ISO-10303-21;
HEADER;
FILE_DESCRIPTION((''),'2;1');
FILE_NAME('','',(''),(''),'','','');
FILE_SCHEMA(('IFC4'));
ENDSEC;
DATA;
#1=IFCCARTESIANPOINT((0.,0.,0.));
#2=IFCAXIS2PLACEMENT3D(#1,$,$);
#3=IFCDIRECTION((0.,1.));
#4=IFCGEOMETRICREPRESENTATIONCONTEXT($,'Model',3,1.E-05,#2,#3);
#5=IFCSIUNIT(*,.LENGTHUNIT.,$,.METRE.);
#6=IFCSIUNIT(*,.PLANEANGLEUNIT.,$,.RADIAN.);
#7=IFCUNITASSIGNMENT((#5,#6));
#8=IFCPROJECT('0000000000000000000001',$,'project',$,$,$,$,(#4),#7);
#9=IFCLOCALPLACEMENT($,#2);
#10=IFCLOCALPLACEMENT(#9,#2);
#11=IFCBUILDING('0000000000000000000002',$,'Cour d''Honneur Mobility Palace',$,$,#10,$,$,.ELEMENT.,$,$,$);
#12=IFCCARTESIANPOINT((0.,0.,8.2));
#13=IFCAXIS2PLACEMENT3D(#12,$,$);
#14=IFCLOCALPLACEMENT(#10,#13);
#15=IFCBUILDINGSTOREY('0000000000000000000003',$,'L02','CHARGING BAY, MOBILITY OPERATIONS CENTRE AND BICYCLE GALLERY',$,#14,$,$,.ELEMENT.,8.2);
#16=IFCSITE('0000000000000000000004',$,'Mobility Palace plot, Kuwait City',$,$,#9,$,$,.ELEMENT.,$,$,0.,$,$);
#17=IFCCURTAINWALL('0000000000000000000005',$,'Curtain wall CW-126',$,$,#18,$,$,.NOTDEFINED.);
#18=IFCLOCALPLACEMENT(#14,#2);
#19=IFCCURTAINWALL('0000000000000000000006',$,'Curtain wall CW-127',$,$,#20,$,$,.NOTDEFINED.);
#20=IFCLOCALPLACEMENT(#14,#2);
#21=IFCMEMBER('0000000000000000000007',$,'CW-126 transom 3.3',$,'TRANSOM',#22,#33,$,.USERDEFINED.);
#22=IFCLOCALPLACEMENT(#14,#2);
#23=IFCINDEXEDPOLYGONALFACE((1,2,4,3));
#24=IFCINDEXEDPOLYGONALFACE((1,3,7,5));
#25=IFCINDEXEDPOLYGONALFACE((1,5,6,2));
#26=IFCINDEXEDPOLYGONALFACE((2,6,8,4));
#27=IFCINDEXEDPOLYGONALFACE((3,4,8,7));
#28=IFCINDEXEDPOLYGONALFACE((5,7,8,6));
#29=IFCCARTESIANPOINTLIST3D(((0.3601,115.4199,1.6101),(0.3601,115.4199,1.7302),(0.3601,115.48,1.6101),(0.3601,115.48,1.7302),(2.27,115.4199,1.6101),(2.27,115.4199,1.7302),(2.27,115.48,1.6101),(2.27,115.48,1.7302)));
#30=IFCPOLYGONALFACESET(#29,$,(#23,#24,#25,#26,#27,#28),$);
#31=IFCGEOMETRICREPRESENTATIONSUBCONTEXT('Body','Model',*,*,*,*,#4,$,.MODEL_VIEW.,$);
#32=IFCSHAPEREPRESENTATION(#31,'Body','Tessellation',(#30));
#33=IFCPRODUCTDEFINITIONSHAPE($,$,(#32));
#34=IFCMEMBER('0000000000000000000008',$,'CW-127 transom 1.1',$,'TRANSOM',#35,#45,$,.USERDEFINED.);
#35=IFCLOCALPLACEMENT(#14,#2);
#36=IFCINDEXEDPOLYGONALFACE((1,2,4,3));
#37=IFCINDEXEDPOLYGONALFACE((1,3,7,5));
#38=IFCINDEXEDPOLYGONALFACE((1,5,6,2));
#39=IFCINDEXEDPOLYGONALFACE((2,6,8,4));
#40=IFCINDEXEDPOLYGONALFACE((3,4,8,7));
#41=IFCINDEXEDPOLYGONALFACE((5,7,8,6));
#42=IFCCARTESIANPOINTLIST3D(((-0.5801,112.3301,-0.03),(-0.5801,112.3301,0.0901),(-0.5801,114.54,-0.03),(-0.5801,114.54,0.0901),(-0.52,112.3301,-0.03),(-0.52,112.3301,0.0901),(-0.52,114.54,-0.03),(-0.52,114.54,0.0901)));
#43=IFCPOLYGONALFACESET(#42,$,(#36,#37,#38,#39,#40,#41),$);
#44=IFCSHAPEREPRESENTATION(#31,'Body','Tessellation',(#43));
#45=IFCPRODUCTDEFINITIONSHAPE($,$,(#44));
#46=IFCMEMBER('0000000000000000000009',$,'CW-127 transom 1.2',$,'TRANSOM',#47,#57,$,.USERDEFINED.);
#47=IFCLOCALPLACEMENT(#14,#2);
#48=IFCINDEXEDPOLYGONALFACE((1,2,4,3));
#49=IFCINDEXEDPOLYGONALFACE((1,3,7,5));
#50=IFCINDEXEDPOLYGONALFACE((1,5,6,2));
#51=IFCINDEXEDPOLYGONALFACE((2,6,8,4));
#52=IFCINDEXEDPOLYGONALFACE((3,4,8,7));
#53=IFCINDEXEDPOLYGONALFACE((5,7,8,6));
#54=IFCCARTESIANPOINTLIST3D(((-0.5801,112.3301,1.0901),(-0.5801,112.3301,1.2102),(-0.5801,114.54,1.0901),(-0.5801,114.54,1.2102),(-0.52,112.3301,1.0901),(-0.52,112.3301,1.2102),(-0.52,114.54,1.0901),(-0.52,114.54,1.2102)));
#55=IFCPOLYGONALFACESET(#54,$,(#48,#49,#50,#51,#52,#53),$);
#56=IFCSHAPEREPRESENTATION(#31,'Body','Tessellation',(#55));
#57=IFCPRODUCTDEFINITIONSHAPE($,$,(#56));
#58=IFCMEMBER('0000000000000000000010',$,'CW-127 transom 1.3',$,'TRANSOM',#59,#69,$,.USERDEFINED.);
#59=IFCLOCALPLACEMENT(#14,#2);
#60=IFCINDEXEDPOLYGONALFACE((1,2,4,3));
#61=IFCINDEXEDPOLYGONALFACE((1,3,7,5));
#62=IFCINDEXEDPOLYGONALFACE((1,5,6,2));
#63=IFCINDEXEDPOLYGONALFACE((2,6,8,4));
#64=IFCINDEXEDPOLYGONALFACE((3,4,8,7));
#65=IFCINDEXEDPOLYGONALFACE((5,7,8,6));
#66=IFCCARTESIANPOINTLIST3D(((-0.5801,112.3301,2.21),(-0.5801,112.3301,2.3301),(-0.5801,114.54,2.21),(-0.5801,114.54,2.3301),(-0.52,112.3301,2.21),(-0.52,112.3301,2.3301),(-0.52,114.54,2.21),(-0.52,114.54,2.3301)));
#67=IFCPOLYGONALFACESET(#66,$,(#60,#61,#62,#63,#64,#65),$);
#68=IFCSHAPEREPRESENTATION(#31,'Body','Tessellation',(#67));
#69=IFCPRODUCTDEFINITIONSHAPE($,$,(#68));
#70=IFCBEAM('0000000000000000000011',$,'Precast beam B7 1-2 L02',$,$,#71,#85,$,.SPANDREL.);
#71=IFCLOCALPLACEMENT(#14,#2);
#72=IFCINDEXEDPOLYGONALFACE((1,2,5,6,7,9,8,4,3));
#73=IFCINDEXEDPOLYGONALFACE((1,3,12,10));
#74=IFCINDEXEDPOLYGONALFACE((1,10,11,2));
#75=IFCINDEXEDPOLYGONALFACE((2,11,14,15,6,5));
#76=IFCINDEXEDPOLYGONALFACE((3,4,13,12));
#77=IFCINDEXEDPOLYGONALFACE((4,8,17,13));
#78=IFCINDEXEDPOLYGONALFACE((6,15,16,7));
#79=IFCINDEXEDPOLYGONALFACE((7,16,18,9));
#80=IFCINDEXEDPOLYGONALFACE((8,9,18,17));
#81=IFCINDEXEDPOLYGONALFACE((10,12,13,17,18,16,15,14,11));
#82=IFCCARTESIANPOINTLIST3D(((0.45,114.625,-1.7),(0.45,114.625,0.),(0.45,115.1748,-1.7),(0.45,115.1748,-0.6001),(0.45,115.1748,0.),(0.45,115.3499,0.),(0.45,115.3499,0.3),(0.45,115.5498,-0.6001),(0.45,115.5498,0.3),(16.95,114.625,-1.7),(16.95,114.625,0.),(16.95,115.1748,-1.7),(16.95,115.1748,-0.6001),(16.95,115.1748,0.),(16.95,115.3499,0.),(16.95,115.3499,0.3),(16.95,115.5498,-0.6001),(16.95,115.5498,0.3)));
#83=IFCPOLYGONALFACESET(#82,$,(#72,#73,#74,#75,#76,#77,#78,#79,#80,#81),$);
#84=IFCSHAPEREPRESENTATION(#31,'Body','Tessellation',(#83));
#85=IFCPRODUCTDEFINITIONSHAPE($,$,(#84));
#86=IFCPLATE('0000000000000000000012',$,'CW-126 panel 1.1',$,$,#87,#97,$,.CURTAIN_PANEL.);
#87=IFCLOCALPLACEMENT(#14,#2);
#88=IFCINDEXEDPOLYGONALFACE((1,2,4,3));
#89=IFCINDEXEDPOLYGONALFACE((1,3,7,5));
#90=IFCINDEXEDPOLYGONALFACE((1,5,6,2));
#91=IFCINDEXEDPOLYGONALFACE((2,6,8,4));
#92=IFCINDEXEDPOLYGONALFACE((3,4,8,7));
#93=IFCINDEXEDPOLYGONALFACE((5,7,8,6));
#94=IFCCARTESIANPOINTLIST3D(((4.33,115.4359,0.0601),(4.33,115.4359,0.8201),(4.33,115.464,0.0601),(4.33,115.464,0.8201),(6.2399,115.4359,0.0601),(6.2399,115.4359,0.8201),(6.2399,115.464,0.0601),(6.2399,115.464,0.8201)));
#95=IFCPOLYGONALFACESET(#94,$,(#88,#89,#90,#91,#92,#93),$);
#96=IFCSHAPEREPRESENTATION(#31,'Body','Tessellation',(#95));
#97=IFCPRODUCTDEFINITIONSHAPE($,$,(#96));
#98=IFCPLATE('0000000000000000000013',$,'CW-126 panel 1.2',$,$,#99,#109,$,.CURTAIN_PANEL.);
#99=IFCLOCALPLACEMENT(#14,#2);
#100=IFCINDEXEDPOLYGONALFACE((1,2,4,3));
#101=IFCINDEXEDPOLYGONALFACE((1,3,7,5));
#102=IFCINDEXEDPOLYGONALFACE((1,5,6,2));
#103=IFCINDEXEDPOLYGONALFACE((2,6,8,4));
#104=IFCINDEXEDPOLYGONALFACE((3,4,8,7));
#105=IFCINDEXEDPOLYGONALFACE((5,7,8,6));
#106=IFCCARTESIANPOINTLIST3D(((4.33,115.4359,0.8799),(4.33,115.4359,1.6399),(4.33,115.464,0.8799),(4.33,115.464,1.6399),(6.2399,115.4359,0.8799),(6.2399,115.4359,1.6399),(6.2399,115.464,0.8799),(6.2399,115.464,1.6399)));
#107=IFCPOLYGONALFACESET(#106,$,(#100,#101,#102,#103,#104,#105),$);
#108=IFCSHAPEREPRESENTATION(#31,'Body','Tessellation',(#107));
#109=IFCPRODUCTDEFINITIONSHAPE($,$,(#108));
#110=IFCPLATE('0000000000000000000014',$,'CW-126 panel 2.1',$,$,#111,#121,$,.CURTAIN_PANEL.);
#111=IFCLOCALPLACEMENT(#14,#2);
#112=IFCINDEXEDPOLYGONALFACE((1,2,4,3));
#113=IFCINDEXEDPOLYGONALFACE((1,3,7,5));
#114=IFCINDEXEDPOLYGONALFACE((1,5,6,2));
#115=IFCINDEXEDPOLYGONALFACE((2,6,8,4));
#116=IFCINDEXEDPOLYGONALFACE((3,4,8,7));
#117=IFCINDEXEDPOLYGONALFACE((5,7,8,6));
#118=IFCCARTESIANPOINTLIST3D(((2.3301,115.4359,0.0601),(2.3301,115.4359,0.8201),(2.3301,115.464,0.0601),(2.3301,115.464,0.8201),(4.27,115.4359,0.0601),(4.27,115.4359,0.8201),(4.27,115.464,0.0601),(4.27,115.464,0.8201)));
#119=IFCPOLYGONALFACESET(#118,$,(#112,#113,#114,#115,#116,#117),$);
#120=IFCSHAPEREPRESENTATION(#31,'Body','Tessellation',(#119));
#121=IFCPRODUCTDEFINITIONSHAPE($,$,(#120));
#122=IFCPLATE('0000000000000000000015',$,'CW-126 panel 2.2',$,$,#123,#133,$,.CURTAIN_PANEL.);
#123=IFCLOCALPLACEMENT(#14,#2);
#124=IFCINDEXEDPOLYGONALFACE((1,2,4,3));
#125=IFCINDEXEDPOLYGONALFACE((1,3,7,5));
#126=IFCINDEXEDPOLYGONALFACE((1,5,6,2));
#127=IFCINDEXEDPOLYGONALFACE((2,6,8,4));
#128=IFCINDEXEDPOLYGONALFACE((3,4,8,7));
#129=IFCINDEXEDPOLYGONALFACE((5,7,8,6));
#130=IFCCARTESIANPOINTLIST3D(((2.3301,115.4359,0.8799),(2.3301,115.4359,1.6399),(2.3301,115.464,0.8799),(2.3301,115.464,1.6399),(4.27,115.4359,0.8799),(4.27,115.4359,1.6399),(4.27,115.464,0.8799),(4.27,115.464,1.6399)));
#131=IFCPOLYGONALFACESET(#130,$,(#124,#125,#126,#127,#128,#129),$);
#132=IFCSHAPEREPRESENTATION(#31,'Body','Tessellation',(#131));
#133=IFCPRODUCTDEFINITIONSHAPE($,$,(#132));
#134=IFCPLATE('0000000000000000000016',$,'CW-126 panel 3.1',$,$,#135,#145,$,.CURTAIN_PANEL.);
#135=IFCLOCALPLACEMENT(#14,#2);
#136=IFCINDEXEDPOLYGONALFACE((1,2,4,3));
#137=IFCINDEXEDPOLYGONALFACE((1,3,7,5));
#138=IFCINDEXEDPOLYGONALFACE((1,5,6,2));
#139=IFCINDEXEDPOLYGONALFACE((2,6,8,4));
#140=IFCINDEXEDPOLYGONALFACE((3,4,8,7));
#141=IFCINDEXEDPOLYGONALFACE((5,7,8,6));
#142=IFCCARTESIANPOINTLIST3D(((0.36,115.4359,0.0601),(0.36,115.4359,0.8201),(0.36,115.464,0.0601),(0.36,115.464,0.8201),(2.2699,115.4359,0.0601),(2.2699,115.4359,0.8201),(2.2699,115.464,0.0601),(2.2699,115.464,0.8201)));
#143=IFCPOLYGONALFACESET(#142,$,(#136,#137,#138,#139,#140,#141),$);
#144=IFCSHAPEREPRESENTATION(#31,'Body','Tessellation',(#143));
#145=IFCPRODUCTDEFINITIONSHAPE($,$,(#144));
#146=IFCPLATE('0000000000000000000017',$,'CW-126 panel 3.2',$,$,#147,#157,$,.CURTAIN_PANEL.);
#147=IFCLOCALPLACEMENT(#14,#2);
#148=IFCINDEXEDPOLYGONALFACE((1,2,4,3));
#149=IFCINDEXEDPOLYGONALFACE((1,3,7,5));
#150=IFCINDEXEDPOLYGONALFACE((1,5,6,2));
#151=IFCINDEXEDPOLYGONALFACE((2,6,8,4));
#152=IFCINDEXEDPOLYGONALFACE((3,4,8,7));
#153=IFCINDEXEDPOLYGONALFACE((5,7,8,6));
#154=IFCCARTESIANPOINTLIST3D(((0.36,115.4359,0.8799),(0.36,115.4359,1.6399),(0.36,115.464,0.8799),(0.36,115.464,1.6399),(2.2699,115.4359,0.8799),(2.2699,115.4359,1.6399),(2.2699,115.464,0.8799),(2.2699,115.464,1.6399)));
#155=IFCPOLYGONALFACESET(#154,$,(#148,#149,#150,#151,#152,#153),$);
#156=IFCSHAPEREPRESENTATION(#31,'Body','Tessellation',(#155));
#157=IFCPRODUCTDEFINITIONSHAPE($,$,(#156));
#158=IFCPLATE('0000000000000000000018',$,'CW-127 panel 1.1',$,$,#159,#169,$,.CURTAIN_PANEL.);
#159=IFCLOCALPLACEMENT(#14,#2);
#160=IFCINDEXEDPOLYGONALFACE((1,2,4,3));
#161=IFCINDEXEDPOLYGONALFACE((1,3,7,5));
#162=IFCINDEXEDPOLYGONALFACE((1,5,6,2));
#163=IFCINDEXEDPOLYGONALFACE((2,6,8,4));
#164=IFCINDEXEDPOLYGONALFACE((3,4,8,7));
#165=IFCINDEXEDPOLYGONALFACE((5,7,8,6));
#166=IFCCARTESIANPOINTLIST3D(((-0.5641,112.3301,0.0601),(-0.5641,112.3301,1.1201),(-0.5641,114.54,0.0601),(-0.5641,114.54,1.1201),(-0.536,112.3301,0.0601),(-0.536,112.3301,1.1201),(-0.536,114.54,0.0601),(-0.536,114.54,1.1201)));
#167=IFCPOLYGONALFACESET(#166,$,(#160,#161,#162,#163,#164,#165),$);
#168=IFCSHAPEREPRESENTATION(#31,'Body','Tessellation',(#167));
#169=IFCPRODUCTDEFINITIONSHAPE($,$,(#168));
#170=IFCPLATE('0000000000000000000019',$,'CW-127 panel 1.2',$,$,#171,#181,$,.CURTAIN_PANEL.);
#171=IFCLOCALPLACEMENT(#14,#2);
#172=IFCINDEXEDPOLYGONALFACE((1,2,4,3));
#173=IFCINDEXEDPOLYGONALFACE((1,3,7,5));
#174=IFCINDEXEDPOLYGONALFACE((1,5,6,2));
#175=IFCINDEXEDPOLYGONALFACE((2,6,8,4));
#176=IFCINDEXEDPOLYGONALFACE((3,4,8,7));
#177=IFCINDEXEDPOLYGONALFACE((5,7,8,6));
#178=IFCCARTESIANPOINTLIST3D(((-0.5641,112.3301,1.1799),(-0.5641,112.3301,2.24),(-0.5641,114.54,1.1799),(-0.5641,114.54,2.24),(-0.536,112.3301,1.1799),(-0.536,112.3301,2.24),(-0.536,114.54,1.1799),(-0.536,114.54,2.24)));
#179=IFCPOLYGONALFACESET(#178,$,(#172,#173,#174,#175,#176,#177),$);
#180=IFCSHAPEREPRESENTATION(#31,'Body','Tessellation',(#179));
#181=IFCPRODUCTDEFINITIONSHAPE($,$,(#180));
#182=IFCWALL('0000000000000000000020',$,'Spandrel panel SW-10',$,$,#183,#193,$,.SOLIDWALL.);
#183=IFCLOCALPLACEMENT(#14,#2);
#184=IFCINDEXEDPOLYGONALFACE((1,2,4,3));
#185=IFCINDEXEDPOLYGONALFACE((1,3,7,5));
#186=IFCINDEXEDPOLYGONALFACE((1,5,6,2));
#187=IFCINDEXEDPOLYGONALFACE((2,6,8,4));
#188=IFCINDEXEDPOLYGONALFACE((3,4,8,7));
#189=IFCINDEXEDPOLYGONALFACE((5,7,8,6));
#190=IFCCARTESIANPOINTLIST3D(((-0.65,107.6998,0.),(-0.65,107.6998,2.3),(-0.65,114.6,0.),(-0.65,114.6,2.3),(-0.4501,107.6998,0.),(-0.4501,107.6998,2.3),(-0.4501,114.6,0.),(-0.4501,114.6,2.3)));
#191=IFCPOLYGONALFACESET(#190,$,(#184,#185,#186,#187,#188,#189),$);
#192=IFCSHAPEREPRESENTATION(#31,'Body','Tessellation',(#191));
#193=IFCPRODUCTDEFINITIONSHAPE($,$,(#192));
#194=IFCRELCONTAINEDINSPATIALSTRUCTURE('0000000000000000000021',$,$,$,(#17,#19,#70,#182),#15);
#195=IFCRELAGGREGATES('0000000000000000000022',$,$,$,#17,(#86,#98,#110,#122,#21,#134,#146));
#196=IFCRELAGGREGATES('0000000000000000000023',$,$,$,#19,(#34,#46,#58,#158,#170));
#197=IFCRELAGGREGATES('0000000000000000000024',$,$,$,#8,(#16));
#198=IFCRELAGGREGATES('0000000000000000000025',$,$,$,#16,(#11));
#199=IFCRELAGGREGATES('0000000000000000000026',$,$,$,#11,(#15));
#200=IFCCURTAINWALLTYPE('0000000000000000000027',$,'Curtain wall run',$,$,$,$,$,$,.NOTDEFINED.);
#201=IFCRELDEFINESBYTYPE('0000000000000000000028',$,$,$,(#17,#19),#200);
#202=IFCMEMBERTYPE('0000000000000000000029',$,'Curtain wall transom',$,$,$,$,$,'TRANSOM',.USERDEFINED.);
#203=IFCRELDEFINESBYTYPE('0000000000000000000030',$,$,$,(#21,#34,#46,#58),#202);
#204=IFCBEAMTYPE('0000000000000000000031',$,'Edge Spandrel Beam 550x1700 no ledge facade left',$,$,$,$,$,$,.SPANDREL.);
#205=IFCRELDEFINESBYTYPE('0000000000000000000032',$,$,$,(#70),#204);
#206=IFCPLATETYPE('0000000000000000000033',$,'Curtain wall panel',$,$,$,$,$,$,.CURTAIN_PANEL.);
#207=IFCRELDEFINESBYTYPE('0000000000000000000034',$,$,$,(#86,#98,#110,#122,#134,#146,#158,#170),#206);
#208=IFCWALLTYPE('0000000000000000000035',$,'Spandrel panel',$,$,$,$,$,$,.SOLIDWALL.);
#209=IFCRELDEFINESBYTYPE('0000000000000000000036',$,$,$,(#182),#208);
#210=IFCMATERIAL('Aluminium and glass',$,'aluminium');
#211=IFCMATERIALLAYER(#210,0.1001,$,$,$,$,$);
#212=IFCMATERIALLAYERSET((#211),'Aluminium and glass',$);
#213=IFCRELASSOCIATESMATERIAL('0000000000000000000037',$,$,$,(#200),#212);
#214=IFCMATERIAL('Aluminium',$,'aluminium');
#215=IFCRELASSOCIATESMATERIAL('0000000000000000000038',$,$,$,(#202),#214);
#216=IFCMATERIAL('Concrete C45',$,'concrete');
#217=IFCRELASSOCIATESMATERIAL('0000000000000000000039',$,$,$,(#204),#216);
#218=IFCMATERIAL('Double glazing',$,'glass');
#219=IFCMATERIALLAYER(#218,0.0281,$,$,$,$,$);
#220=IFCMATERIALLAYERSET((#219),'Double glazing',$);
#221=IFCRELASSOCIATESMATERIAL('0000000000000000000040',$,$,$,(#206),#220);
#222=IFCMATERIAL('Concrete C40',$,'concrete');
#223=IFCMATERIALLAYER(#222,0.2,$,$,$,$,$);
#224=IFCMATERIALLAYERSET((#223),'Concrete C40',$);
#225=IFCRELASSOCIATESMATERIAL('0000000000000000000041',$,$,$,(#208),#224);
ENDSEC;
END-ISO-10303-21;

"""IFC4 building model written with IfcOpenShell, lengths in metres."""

from ifc_helpers import new_model, si_unit, direction, frame, frame_2d, origin, origin_2d, place, context, subcontext, project, spatial, polyline, rectangle, outline, extrude, material, layer, layer_set, material_profile, profile_set, type_object, element, aggregate, save


model = new_model("IFC4")

# Units and contexts
model_context = context("Model", 3, precision=1e-05, world=origin(), true_north=direction((0.0, 1.0)))
body_context = subcontext(model_context, "Body", "Model", "MODEL_VIEW")
ifc_project = project(units=[si_unit("LENGTHUNIT", "METRE"), si_unit("PLANEANGLEUNIT", "RADIAN")], contexts=[model_context])

# Site, building, storey
site_placement = place(None, origin())
site = spatial("IfcSite", under=ifc_project, at=site_placement, Name="Mobility Palace plot, Kuwait City", CompositionType="ELEMENT", RefElevation=0.0)
building_placement = place(site_placement, origin())
building = spatial("IfcBuilding", under=site, at=building_placement, Name="Cour d'Honneur Mobility Palace", CompositionType="ELEMENT")
storey_placement = place(building_placement, frame((0.0, 0.0, 8.2)))
storey = spatial("IfcBuildingStorey", under=building, at=storey_placement, Name="L02", Description="CHARGING BAY, MOBILITY OPERATIONS CENTRE AND BICYCLE GALLERY", CompositionType="ELEMENT", Elevation=8.2)

# Curtain wall
ifc_material_1 = material(Name="Aluminium and glass", Category="aluminium")
ifc_layer_1 = layer(ifc_material_1, 0.1001)
ifc_layer_set_1 = layer_set([ifc_layer_1], Name="Aluminium and glass")
curtain_wall_type = type_object("IfcCurtainWallType", Name="Curtain wall run", PredefinedType="NOTDEFINED", material=ifc_layer_set_1)
curtain_wall_1_placement = place(storey_placement, origin())
curtain_wall_1 = element("IfcCurtainWall", 1, at=curtain_wall_1_placement, inside=storey, type_object=curtain_wall_type, Name="Curtain wall CW-126", PredefinedType="NOTDEFINED")

# Curtain wall
curtain_wall_2_placement = place(storey_placement, origin())
curtain_wall_2 = element("IfcCurtainWall", 2, at=curtain_wall_2_placement, inside=storey, type_object=curtain_wall_type, Name="Curtain wall CW-127", PredefinedType="NOTDEFINED")

# Members
ifc_material_2 = material(Name="Aluminium", Category="aluminium")
ifc_material_profile_1 = material_profile(ifc_material_2, rectangle(XDim=0.0601, YDim=0.1201, at=origin_2d()), Name="Curtain wall transom")
ifc_profile_set_1 = profile_set([ifc_material_profile_1], Name="Aluminium")
member_type_1 = type_object("IfcMemberType", Name="Curtain wall transom", ElementType="TRANSOM", PredefinedType="USERDEFINED", material=ifc_profile_set_1)
member_1_placement = place(storey_placement, frame((2.27, 115.45, 1.6702), z_axis=(-1.0, 0.0, 0.0), x_axis=(0.0, -1.0, 0.0)))
member_1 = element("IfcMember", 3, at=member_1_placement, type_object=member_type_1, Name="CW-126 transom 3.3", ObjectType="TRANSOM", PredefinedType="USERDEFINED", context=body_context, shape_type="SweptSolid", body=[
    extrude(rectangle(XDim=0.0601, YDim=0.1201, at=origin_2d()), origin(), (0.0, 0.0, 1.0), 1.9099),
])
member_2_placement = place(storey_placement, frame((-0.55, 114.54, 0.03), z_axis=(0.0, -1.0, 0.0), x_axis=(1.0, 0.0, 0.0)))
member_2 = element("IfcMember", 4, at=member_2_placement, type_object=member_type_1, Name="CW-127 transom 1.1", ObjectType="TRANSOM", PredefinedType="USERDEFINED", context=body_context, shape_type="SweptSolid", body=[
    extrude(rectangle(XDim=0.0601, YDim=0.1201, at=origin_2d()), origin(), (0.0, 0.0, 1.0), 2.21),
])
member_3_placement = place(storey_placement, frame((-0.55, 114.54, 1.1501), z_axis=(0.0, -1.0, 0.0), x_axis=(1.0, 0.0, 0.0)))
member_3 = element("IfcMember", 5, at=member_3_placement, type_object=member_type_1, Name="CW-127 transom 1.2", ObjectType="TRANSOM", PredefinedType="USERDEFINED", context=body_context, shape_type="SweptSolid", body=[
    extrude(rectangle(XDim=0.0601, YDim=0.1201, at=origin_2d()), origin(), (0.0, 0.0, 1.0), 2.21),
])
member_4_placement = place(storey_placement, frame((-0.55, 114.54, 2.27), z_axis=(0.0, -1.0, 0.0), x_axis=(1.0, 0.0, 0.0)))
member_4 = element("IfcMember", 6, at=member_4_placement, type_object=member_type_1, Name="CW-127 transom 1.3", ObjectType="TRANSOM", PredefinedType="USERDEFINED", context=body_context, shape_type="SweptSolid", body=[
    extrude(rectangle(XDim=0.0601, YDim=0.1201, at=origin_2d()), origin(), (0.0, 0.0, 1.0), 2.21),
])

# Beam
ifc_material_3 = material(Name="Concrete C45", Category="concrete")
ifc_material_profile_2 = material_profile(ifc_material_3, outline(polyline([(0.2749, -1.7), (0.2749, -0.6001), (0.6499, -0.6001), (0.6499, 0.3), (0.45, 0.3), (0.45, 0.0), (0.2749, 0.0), (-0.2749, 0.0), (-0.2749, -1.7), (0.2749, -1.7)])), Name="Edge Spandrel Beam 550x1700 no ledge facade left")
ifc_profile_set_2 = profile_set([ifc_material_profile_2], Name="Concrete C45")
beam_type = type_object("IfcBeamType", Name="Edge Spandrel Beam 550x1700 no ledge facade left", PredefinedType="SPANDREL", material=ifc_profile_set_2)
beam_placement = place(storey_placement, frame((0.45, 114.8999, 0.0), z_axis=(1.0, 0.0, 0.0), x_axis=(0.0, 1.0, 0.0)))
element("IfcBeam", 7, at=beam_placement, inside=storey, type_object=beam_type, Name="Precast beam B7 1-2 L02", PredefinedType="SPANDREL", context=body_context, shape_type="SweptSolid", body=[
    extrude(outline(polyline([(0.2749, -1.7), (0.2749, -0.6001), (0.6499, -0.6001), (0.6499, 0.3), (0.45, 0.3), (0.45, 0.0), (0.2749, 0.0), (-0.2749, 0.0), (-0.2749, -1.7), (0.2749, -1.7)])), origin(), (0.0, 0.0, 1.0), 16.5),
])

# Plates
ifc_material_4 = material(Name="Double glazing", Category="glass")
ifc_layer_2 = layer(ifc_material_4, 0.0281)
ifc_layer_set_2 = layer_set([ifc_layer_2], Name="Double glazing")
plate_type = type_object("IfcPlateType", Name="Curtain wall panel", PredefinedType="CURTAIN_PANEL", material=ifc_layer_set_2)
plate_1_placement = place(storey_placement, frame((5.2849, 115.45, 0.0601), z_axis=(0.0, 0.0, 1.0), x_axis=(-1.0, 0.0, 0.0)))
plate_1 = element("IfcPlate", 8, at=plate_1_placement, type_object=plate_type, Name="CW-126 panel 1.1", PredefinedType="CURTAIN_PANEL", context=body_context, shape_type="SweptSolid", body=[
    extrude(rectangle(XDim=1.9099, YDim=0.0281, at=origin_2d()), origin(), (0.0, 0.0, 1.0), 0.76),
])
plate_2_placement = place(storey_placement, frame((5.2849, 115.45, 0.8799), z_axis=(0.0, 0.0, 1.0), x_axis=(-1.0, 0.0, 0.0)))
plate_2 = element("IfcPlate", 9, at=plate_2_placement, type_object=plate_type, Name="CW-126 panel 1.2", PredefinedType="CURTAIN_PANEL", context=body_context, shape_type="SweptSolid", body=[
    extrude(rectangle(XDim=1.9099, YDim=0.0281, at=origin_2d()), origin(), (0.0, 0.0, 1.0), 0.76),
])
plate_3_placement = place(storey_placement, frame((3.3, 115.45, 0.0601), z_axis=(0.0, 0.0, 1.0), x_axis=(-1.0, 0.0, 0.0)))
plate_3 = element("IfcPlate", 10, at=plate_3_placement, type_object=plate_type, Name="CW-126 panel 2.1", PredefinedType="CURTAIN_PANEL", context=body_context, shape_type="SweptSolid", body=[
    extrude(rectangle(XDim=1.9399, YDim=0.0281, at=origin_2d()), origin(), (0.0, 0.0, 1.0), 0.76),
])
plate_4_placement = place(storey_placement, frame((3.3, 115.45, 0.8799), z_axis=(0.0, 0.0, 1.0), x_axis=(-1.0, 0.0, 0.0)))
plate_4 = element("IfcPlate", 11, at=plate_4_placement, type_object=plate_type, Name="CW-126 panel 2.2", PredefinedType="CURTAIN_PANEL", context=body_context, shape_type="SweptSolid", body=[
    extrude(rectangle(XDim=1.9399, YDim=0.0281, at=origin_2d()), origin(), (0.0, 0.0, 1.0), 0.76),
])
plate_5_placement = place(storey_placement, frame((1.3149, 115.45, 0.0601), z_axis=(0.0, 0.0, 1.0), x_axis=(-1.0, 0.0, 0.0)))
plate_5 = element("IfcPlate", 12, at=plate_5_placement, type_object=plate_type, Name="CW-126 panel 3.1", PredefinedType="CURTAIN_PANEL", context=body_context, shape_type="SweptSolid", body=[
    extrude(rectangle(XDim=1.9099, YDim=0.0281, at=origin_2d()), origin(), (0.0, 0.0, 1.0), 0.76),
])
plate_6_placement = place(storey_placement, frame((1.3149, 115.45, 0.8799), z_axis=(0.0, 0.0, 1.0), x_axis=(-1.0, 0.0, 0.0)))
plate_6 = element("IfcPlate", 13, at=plate_6_placement, type_object=plate_type, Name="CW-126 panel 3.2", PredefinedType="CURTAIN_PANEL", context=body_context, shape_type="SweptSolid", body=[
    extrude(rectangle(XDim=1.9099, YDim=0.0281, at=origin_2d()), origin(), (0.0, 0.0, 1.0), 0.76),
])
aggregate(curtain_wall_1, [plate_1, plate_2, plate_3, plate_4, member_1, plate_5, plate_6])
plate_7_placement = place(storey_placement, frame((-0.55, 113.4351, 0.0601), z_axis=(0.0, 0.0, 1.0), x_axis=(0.0, -1.0, 0.0)))
plate_7 = element("IfcPlate", 14, at=plate_7_placement, type_object=plate_type, Name="CW-127 panel 1.1", PredefinedType="CURTAIN_PANEL", context=body_context, shape_type="SweptSolid", body=[
    extrude(rectangle(XDim=2.21, YDim=0.0281, at=origin_2d()), origin(), (0.0, 0.0, 1.0), 1.0601),
])
plate_8_placement = place(storey_placement, frame((-0.55, 113.4351, 1.1799), z_axis=(0.0, 0.0, 1.0), x_axis=(0.0, -1.0, 0.0)))
plate_8 = element("IfcPlate", 15, at=plate_8_placement, type_object=plate_type, Name="CW-127 panel 1.2", PredefinedType="CURTAIN_PANEL", context=body_context, shape_type="SweptSolid", body=[
    extrude(rectangle(XDim=2.21, YDim=0.0281, at=origin_2d()), origin(), (0.0, 0.0, 1.0), 1.0601),
])
aggregate(curtain_wall_2, [member_2, member_3, member_4, plate_7, plate_8])

# Wall
ifc_material_5 = material(Name="Concrete C40", Category="concrete")
ifc_layer_3 = layer(ifc_material_5, 0.2)
ifc_layer_set_3 = layer_set([ifc_layer_3], Name="Concrete C40")
wall_type_1 = type_object("IfcWallType", Name="Spandrel panel", PredefinedType="SOLIDWALL", material=ifc_layer_set_3)
wall_1_placement = place(storey_placement, frame((-0.55, 114.6001, 0.0), z_axis=(0.0, 0.0, 1.0), x_axis=(0.0, -1.0, 0.0)))
element("IfcWall", 16, at=wall_1_placement, inside=storey, type_object=wall_type_1, Name="Spandrel panel SW-10", PredefinedType="SOLIDWALL", context=body_context, shape_type="SweptSolid", body=[
    extrude(rectangle(XDim=6.9001, YDim=0.2, at=frame_2d((3.4502, 0.0))), origin(), (0.0, 0.0, 1.0), 2.3),
])

save(model, "model.ifc")
